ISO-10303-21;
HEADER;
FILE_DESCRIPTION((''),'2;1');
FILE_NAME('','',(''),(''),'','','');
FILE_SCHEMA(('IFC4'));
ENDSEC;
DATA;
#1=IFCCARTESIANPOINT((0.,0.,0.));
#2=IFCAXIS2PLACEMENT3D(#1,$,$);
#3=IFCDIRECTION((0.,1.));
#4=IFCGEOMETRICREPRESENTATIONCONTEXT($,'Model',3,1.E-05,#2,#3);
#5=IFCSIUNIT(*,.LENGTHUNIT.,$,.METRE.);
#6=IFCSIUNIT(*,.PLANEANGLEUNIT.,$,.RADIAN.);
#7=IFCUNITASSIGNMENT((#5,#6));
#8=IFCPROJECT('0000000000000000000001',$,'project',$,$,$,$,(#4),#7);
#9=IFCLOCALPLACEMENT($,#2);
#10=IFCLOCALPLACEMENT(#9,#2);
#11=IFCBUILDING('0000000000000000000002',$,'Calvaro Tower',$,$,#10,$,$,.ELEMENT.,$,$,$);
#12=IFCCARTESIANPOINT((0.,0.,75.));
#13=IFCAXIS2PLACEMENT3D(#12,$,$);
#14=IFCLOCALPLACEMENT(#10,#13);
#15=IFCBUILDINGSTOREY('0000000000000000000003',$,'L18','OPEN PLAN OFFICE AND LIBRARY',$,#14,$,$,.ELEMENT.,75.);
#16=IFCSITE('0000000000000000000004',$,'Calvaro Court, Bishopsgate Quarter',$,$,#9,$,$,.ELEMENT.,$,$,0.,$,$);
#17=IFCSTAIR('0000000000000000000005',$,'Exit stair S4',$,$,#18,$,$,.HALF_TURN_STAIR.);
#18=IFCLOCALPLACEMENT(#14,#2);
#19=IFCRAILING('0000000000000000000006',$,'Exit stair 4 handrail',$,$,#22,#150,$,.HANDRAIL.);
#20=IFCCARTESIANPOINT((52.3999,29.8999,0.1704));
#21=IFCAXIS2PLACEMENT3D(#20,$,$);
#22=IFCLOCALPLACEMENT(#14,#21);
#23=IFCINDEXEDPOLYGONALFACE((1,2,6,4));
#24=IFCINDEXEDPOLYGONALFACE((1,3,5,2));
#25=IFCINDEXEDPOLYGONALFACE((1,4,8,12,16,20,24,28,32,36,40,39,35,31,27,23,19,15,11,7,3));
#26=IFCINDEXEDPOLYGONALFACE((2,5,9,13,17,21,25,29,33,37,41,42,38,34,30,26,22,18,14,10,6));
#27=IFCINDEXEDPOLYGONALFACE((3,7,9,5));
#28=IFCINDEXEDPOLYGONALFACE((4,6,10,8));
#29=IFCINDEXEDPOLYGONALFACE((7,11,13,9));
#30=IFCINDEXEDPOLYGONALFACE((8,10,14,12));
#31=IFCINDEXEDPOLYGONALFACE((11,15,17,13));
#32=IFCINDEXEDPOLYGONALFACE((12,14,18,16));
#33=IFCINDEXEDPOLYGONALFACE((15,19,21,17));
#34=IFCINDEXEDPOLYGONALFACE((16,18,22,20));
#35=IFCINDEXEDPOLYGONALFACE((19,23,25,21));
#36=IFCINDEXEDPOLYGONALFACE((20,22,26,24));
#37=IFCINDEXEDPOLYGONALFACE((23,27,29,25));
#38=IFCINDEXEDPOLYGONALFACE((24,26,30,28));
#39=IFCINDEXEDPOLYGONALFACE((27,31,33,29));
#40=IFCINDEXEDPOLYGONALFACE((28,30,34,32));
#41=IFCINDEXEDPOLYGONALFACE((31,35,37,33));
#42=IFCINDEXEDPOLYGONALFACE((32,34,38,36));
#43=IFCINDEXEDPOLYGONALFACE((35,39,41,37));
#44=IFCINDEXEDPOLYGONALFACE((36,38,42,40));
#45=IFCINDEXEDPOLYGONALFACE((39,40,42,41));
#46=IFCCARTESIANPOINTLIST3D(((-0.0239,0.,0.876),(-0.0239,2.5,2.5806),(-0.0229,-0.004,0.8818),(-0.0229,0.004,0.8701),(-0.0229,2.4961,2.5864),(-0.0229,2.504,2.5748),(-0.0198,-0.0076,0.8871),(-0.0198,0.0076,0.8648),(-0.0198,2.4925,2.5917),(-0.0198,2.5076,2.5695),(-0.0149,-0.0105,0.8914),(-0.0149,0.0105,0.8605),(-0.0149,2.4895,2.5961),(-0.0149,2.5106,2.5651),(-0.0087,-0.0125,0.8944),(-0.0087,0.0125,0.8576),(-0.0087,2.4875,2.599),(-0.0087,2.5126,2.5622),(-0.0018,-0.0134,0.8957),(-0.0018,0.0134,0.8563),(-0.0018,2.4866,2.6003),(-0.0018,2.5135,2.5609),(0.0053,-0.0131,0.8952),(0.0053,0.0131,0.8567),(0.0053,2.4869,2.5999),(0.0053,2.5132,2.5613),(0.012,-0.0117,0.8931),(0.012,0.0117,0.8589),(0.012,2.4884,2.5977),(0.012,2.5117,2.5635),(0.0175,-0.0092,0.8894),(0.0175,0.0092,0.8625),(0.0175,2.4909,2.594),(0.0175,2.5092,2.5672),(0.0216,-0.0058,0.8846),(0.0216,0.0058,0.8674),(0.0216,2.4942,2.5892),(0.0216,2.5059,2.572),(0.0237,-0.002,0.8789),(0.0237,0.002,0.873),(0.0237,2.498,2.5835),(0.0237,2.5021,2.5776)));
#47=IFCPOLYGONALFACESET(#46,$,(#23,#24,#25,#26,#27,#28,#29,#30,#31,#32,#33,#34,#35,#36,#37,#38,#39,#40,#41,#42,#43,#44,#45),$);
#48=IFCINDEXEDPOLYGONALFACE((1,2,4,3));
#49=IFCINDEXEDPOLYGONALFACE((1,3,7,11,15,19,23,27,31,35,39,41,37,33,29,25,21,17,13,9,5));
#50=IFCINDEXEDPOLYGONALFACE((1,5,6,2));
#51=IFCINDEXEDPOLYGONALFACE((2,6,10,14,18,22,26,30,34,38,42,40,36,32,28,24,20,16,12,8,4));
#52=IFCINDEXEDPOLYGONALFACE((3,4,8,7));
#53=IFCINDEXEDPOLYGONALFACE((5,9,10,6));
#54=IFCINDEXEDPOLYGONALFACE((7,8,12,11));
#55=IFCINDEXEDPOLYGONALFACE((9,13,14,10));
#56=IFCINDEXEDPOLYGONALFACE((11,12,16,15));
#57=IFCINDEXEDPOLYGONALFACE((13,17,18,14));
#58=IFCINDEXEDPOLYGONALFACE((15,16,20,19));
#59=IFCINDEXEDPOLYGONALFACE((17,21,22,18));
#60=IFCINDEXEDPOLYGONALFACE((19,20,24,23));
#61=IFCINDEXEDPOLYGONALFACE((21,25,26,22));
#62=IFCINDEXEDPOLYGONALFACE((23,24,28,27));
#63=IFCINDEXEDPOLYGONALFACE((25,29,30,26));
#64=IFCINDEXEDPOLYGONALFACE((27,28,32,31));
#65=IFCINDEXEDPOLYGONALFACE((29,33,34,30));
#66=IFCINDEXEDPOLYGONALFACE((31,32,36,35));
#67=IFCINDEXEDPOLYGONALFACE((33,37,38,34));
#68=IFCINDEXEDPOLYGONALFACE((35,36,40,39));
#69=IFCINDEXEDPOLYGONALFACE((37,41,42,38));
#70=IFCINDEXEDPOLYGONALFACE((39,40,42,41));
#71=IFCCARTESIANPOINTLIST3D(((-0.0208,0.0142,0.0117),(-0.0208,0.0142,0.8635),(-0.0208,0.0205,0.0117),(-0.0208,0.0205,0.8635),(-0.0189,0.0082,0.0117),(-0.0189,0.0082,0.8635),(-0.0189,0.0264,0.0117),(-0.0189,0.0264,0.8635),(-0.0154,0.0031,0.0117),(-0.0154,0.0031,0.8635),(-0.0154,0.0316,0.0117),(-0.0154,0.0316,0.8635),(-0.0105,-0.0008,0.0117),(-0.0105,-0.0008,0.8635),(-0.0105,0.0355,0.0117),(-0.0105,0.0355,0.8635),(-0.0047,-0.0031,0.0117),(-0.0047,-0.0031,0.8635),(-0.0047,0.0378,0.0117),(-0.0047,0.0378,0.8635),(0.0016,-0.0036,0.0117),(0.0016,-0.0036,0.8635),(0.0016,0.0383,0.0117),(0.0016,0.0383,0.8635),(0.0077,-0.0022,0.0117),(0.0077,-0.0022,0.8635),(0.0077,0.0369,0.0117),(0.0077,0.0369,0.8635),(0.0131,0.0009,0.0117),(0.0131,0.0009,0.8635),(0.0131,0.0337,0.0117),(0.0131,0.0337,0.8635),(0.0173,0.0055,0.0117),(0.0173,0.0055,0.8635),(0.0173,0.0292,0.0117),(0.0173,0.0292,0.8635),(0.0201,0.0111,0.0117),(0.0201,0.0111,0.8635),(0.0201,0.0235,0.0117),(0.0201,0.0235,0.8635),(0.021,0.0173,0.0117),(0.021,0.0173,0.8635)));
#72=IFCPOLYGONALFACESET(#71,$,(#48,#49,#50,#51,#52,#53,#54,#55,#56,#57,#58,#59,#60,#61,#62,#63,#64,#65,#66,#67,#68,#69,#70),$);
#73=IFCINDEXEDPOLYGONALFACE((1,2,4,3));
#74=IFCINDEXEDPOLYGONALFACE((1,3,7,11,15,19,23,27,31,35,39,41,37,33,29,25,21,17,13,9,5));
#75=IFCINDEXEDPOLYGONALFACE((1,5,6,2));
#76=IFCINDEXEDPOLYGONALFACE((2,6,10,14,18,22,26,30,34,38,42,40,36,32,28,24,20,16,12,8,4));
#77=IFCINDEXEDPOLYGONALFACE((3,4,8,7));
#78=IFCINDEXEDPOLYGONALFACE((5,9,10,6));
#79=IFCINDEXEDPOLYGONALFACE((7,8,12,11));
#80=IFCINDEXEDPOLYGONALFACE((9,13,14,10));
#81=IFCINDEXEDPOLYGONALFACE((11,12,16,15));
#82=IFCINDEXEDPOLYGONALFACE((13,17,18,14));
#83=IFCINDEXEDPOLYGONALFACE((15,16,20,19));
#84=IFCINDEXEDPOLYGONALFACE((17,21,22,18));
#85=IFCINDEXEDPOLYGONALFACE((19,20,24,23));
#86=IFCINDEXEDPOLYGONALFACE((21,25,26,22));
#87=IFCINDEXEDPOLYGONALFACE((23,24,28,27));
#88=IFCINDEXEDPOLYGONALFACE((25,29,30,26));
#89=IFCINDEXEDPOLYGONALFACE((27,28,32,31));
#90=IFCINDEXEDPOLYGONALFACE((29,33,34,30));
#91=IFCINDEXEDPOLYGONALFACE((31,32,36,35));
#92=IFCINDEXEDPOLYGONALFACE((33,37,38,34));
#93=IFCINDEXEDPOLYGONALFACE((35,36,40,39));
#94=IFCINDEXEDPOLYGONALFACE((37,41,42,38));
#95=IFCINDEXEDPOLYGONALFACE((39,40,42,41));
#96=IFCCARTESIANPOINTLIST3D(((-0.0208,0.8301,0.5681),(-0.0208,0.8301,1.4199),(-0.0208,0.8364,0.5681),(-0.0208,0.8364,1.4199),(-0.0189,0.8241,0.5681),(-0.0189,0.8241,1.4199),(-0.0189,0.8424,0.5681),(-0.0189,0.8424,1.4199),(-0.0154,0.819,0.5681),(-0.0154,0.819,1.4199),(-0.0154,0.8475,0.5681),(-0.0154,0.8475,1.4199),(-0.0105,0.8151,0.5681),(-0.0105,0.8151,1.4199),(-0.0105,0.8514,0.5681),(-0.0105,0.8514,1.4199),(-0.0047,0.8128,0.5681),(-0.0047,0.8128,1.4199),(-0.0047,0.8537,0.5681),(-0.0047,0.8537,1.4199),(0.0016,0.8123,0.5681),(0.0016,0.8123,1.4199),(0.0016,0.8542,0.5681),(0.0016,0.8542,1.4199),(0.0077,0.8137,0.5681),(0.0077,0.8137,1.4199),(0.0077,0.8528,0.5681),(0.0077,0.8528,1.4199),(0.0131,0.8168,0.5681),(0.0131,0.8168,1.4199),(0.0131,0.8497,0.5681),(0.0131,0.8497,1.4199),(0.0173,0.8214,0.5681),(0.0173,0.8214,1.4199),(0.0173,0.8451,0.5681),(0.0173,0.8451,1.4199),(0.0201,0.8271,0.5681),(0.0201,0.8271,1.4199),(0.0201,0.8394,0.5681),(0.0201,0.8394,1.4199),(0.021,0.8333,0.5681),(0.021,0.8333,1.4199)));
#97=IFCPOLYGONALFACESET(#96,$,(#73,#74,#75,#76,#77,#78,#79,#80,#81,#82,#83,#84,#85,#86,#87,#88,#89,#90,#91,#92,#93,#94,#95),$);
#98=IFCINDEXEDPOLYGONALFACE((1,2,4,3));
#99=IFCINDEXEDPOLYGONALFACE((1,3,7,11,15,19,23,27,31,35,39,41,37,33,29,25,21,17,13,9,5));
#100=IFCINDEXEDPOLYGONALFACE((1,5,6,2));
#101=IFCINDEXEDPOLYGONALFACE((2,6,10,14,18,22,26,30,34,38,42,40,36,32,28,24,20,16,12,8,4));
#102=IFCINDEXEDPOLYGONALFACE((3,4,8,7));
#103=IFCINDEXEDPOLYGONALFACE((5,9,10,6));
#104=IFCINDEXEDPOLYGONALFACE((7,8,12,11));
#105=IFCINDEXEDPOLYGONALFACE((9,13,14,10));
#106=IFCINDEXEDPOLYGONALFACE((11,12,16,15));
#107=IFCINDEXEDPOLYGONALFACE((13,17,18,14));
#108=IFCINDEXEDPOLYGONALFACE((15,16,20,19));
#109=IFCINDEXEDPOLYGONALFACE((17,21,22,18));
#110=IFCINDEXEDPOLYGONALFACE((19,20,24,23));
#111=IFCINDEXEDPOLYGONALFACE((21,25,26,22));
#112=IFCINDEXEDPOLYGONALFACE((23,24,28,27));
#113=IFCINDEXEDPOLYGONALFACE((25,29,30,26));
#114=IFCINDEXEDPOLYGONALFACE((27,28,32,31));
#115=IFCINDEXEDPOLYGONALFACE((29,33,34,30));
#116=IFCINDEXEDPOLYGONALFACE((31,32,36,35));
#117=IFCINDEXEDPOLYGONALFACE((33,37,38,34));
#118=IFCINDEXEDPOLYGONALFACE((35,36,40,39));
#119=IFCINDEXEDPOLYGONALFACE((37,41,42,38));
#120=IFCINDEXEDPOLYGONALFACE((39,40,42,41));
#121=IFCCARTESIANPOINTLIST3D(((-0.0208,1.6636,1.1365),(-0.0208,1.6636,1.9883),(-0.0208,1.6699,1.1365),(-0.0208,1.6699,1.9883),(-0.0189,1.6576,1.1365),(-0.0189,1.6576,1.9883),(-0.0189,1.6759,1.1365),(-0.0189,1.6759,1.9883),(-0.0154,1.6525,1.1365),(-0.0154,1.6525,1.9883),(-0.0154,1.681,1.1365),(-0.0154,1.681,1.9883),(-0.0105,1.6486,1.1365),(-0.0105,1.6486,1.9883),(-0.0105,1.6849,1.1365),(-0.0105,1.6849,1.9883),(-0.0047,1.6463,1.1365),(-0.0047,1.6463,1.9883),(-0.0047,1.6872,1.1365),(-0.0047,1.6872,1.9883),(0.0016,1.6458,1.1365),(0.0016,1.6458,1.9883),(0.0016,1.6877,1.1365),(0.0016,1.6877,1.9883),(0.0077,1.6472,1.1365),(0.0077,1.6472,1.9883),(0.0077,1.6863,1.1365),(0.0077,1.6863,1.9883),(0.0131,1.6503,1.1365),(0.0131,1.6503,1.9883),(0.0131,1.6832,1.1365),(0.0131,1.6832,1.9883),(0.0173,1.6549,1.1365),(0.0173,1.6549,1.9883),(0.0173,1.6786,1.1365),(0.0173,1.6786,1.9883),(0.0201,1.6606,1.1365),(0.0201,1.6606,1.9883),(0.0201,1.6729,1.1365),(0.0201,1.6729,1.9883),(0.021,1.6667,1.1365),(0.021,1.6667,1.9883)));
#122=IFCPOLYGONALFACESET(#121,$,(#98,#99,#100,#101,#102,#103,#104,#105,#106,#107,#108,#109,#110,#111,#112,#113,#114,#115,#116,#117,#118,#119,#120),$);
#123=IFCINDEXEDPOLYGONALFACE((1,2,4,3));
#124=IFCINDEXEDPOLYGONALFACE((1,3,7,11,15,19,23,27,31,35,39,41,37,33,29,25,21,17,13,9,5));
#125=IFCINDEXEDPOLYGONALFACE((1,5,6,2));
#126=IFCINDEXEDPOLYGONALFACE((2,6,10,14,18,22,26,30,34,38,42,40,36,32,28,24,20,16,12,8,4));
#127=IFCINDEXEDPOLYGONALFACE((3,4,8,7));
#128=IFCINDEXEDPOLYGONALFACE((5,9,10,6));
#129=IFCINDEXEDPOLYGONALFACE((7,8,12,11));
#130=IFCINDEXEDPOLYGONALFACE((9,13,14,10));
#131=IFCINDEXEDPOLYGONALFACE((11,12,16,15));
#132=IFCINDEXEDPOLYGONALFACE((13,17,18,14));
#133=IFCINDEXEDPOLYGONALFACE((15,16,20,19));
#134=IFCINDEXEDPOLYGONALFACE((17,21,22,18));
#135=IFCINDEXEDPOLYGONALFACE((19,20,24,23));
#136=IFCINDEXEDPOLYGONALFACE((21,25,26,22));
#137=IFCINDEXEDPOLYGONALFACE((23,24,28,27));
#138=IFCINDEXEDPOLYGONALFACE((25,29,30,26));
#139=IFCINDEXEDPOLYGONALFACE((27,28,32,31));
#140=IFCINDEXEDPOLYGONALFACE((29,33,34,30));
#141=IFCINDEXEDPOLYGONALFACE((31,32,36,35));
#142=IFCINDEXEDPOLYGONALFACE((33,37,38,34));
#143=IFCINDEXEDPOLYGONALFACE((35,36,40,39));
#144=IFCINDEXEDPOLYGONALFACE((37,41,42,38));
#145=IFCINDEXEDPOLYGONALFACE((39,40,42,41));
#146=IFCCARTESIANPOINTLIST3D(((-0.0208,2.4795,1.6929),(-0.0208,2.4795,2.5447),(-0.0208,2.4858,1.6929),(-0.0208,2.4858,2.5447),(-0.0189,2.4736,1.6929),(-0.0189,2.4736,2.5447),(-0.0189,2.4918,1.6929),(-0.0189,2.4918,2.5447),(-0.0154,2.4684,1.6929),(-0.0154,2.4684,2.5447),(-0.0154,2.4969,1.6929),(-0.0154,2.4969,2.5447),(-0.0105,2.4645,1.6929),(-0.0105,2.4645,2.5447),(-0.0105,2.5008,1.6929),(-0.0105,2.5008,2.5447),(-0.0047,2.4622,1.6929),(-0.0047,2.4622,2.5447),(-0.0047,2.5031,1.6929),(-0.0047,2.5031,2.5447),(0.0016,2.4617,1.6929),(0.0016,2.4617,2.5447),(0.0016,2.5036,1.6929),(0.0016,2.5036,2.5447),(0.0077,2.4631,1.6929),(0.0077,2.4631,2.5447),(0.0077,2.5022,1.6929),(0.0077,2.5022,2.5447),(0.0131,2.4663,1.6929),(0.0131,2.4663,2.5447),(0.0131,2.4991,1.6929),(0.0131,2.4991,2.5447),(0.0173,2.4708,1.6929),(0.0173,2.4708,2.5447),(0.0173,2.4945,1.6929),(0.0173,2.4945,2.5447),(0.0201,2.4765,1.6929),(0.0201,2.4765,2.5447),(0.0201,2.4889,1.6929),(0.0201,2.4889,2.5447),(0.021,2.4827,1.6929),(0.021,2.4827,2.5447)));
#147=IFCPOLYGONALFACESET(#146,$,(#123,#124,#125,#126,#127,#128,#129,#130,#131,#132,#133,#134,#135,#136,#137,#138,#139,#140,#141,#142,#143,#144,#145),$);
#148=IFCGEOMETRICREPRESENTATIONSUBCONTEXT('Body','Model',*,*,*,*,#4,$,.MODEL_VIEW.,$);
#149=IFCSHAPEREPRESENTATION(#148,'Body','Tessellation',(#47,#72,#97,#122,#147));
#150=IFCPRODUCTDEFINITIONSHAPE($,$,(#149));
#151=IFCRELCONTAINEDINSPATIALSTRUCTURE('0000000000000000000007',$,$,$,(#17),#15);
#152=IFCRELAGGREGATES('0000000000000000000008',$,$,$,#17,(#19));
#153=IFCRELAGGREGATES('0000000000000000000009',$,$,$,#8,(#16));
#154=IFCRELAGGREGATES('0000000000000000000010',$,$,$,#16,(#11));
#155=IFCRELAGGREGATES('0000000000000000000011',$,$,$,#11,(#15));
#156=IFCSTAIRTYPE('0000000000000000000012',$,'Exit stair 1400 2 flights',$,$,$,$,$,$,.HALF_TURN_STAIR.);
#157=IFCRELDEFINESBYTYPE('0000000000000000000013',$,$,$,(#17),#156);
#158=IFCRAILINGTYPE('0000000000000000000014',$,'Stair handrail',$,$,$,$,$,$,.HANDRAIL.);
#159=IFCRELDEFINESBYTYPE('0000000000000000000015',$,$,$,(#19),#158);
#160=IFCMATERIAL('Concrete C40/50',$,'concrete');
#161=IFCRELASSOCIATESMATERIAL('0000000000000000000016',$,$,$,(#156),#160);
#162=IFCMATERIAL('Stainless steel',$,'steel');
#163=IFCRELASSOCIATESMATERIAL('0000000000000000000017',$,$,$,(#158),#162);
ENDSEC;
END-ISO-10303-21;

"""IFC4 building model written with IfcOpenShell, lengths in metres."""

from ifc_helpers import new_model, si_unit, direction, frame, origin, origin_2d, place, context, subcontext, project, spatial, circle, extrude, material, type_object, element, aggregate, save


model = new_model("IFC4")

# Units and contexts
model_context = context("Model", 3, precision=1e-05, world=origin(), true_north=direction((0.0, 1.0)))
body_context = subcontext(model_context, "Body", "Model", "MODEL_VIEW")
ifc_project = project(units=[si_unit("LENGTHUNIT", "METRE"), si_unit("PLANEANGLEUNIT", "RADIAN")], contexts=[model_context])

# Site, building, storey
site_placement = place(None, origin())
site = spatial("IfcSite", under=ifc_project, at=site_placement, Name="Calvaro Court, Bishopsgate Quarter", CompositionType="ELEMENT", RefElevation=0.0)
building_placement = place(site_placement, origin())
building = spatial("IfcBuilding", under=site, at=building_placement, Name="Calvaro Tower", CompositionType="ELEMENT")
storey_placement = place(building_placement, frame((0.0, 0.0, 75.0)))
storey = spatial("IfcBuildingStorey", under=building, at=storey_placement, Name="L18", Description="OPEN PLAN OFFICE AND LIBRARY", CompositionType="ELEMENT", Elevation=75.0)

# Stair
ifc_material_1 = material(Name="Concrete C40/50", Category="concrete")
stair_type = type_object("IfcStairType", Name="Exit stair 1400 2 flights", PredefinedType="HALF_TURN_STAIR", material=ifc_material_1)
stair_1_placement = place(storey_placement, origin())
stair_1 = element("IfcStair", 1, at=stair_1_placement, inside=storey, type_object=stair_type, Name="Exit stair S4", PredefinedType="HALF_TURN_STAIR")

# Railing
ifc_material_2 = material(Name="Stainless steel", Category="steel")
railing_type = type_object("IfcRailingType", Name="Stair handrail", PredefinedType="HANDRAIL", material=ifc_material_2)
railing_1_placement = place(storey_placement, frame((52.3999, 29.8999, 0.1704)))
railing_1 = element("IfcRailing", 2, at=railing_1_placement, type_object=railing_type, Name="Exit stair 4 handrail", PredefinedType="HANDRAIL", context=body_context, shape_type="SweptSolid", body=[
    extrude(circle(Radius=0.0239, at=origin_2d()), frame((0.0, 0.0, 0.876), z_axis=(0.0, 0.826221, 0.563347), x_axis=(-1.0, 0.0, 0.0)), (0.0, 0.0, 1.0), 3.0259),
    extrude(circle(Radius=0.021, at=origin_2d()), frame((0.0, 0.0173, 0.0117)), (0.0, 0.0, 1.0), 0.8518),
    extrude(circle(Radius=0.021, at=origin_2d()), frame((0.0, 0.8333, 0.5681)), (0.0, 0.0, 1.0), 0.8518),
    extrude(circle(Radius=0.021, at=origin_2d()), frame((0.0, 1.6667, 1.1365)), (0.0, 0.0, 1.0), 0.8518),
    extrude(circle(Radius=0.021, at=origin_2d()), frame((0.0, 2.4827, 1.6929)), (0.0, 0.0, 1.0), 0.8518),
])
aggregate(stair_1, [railing_1])

save(model, "model.ifc")
